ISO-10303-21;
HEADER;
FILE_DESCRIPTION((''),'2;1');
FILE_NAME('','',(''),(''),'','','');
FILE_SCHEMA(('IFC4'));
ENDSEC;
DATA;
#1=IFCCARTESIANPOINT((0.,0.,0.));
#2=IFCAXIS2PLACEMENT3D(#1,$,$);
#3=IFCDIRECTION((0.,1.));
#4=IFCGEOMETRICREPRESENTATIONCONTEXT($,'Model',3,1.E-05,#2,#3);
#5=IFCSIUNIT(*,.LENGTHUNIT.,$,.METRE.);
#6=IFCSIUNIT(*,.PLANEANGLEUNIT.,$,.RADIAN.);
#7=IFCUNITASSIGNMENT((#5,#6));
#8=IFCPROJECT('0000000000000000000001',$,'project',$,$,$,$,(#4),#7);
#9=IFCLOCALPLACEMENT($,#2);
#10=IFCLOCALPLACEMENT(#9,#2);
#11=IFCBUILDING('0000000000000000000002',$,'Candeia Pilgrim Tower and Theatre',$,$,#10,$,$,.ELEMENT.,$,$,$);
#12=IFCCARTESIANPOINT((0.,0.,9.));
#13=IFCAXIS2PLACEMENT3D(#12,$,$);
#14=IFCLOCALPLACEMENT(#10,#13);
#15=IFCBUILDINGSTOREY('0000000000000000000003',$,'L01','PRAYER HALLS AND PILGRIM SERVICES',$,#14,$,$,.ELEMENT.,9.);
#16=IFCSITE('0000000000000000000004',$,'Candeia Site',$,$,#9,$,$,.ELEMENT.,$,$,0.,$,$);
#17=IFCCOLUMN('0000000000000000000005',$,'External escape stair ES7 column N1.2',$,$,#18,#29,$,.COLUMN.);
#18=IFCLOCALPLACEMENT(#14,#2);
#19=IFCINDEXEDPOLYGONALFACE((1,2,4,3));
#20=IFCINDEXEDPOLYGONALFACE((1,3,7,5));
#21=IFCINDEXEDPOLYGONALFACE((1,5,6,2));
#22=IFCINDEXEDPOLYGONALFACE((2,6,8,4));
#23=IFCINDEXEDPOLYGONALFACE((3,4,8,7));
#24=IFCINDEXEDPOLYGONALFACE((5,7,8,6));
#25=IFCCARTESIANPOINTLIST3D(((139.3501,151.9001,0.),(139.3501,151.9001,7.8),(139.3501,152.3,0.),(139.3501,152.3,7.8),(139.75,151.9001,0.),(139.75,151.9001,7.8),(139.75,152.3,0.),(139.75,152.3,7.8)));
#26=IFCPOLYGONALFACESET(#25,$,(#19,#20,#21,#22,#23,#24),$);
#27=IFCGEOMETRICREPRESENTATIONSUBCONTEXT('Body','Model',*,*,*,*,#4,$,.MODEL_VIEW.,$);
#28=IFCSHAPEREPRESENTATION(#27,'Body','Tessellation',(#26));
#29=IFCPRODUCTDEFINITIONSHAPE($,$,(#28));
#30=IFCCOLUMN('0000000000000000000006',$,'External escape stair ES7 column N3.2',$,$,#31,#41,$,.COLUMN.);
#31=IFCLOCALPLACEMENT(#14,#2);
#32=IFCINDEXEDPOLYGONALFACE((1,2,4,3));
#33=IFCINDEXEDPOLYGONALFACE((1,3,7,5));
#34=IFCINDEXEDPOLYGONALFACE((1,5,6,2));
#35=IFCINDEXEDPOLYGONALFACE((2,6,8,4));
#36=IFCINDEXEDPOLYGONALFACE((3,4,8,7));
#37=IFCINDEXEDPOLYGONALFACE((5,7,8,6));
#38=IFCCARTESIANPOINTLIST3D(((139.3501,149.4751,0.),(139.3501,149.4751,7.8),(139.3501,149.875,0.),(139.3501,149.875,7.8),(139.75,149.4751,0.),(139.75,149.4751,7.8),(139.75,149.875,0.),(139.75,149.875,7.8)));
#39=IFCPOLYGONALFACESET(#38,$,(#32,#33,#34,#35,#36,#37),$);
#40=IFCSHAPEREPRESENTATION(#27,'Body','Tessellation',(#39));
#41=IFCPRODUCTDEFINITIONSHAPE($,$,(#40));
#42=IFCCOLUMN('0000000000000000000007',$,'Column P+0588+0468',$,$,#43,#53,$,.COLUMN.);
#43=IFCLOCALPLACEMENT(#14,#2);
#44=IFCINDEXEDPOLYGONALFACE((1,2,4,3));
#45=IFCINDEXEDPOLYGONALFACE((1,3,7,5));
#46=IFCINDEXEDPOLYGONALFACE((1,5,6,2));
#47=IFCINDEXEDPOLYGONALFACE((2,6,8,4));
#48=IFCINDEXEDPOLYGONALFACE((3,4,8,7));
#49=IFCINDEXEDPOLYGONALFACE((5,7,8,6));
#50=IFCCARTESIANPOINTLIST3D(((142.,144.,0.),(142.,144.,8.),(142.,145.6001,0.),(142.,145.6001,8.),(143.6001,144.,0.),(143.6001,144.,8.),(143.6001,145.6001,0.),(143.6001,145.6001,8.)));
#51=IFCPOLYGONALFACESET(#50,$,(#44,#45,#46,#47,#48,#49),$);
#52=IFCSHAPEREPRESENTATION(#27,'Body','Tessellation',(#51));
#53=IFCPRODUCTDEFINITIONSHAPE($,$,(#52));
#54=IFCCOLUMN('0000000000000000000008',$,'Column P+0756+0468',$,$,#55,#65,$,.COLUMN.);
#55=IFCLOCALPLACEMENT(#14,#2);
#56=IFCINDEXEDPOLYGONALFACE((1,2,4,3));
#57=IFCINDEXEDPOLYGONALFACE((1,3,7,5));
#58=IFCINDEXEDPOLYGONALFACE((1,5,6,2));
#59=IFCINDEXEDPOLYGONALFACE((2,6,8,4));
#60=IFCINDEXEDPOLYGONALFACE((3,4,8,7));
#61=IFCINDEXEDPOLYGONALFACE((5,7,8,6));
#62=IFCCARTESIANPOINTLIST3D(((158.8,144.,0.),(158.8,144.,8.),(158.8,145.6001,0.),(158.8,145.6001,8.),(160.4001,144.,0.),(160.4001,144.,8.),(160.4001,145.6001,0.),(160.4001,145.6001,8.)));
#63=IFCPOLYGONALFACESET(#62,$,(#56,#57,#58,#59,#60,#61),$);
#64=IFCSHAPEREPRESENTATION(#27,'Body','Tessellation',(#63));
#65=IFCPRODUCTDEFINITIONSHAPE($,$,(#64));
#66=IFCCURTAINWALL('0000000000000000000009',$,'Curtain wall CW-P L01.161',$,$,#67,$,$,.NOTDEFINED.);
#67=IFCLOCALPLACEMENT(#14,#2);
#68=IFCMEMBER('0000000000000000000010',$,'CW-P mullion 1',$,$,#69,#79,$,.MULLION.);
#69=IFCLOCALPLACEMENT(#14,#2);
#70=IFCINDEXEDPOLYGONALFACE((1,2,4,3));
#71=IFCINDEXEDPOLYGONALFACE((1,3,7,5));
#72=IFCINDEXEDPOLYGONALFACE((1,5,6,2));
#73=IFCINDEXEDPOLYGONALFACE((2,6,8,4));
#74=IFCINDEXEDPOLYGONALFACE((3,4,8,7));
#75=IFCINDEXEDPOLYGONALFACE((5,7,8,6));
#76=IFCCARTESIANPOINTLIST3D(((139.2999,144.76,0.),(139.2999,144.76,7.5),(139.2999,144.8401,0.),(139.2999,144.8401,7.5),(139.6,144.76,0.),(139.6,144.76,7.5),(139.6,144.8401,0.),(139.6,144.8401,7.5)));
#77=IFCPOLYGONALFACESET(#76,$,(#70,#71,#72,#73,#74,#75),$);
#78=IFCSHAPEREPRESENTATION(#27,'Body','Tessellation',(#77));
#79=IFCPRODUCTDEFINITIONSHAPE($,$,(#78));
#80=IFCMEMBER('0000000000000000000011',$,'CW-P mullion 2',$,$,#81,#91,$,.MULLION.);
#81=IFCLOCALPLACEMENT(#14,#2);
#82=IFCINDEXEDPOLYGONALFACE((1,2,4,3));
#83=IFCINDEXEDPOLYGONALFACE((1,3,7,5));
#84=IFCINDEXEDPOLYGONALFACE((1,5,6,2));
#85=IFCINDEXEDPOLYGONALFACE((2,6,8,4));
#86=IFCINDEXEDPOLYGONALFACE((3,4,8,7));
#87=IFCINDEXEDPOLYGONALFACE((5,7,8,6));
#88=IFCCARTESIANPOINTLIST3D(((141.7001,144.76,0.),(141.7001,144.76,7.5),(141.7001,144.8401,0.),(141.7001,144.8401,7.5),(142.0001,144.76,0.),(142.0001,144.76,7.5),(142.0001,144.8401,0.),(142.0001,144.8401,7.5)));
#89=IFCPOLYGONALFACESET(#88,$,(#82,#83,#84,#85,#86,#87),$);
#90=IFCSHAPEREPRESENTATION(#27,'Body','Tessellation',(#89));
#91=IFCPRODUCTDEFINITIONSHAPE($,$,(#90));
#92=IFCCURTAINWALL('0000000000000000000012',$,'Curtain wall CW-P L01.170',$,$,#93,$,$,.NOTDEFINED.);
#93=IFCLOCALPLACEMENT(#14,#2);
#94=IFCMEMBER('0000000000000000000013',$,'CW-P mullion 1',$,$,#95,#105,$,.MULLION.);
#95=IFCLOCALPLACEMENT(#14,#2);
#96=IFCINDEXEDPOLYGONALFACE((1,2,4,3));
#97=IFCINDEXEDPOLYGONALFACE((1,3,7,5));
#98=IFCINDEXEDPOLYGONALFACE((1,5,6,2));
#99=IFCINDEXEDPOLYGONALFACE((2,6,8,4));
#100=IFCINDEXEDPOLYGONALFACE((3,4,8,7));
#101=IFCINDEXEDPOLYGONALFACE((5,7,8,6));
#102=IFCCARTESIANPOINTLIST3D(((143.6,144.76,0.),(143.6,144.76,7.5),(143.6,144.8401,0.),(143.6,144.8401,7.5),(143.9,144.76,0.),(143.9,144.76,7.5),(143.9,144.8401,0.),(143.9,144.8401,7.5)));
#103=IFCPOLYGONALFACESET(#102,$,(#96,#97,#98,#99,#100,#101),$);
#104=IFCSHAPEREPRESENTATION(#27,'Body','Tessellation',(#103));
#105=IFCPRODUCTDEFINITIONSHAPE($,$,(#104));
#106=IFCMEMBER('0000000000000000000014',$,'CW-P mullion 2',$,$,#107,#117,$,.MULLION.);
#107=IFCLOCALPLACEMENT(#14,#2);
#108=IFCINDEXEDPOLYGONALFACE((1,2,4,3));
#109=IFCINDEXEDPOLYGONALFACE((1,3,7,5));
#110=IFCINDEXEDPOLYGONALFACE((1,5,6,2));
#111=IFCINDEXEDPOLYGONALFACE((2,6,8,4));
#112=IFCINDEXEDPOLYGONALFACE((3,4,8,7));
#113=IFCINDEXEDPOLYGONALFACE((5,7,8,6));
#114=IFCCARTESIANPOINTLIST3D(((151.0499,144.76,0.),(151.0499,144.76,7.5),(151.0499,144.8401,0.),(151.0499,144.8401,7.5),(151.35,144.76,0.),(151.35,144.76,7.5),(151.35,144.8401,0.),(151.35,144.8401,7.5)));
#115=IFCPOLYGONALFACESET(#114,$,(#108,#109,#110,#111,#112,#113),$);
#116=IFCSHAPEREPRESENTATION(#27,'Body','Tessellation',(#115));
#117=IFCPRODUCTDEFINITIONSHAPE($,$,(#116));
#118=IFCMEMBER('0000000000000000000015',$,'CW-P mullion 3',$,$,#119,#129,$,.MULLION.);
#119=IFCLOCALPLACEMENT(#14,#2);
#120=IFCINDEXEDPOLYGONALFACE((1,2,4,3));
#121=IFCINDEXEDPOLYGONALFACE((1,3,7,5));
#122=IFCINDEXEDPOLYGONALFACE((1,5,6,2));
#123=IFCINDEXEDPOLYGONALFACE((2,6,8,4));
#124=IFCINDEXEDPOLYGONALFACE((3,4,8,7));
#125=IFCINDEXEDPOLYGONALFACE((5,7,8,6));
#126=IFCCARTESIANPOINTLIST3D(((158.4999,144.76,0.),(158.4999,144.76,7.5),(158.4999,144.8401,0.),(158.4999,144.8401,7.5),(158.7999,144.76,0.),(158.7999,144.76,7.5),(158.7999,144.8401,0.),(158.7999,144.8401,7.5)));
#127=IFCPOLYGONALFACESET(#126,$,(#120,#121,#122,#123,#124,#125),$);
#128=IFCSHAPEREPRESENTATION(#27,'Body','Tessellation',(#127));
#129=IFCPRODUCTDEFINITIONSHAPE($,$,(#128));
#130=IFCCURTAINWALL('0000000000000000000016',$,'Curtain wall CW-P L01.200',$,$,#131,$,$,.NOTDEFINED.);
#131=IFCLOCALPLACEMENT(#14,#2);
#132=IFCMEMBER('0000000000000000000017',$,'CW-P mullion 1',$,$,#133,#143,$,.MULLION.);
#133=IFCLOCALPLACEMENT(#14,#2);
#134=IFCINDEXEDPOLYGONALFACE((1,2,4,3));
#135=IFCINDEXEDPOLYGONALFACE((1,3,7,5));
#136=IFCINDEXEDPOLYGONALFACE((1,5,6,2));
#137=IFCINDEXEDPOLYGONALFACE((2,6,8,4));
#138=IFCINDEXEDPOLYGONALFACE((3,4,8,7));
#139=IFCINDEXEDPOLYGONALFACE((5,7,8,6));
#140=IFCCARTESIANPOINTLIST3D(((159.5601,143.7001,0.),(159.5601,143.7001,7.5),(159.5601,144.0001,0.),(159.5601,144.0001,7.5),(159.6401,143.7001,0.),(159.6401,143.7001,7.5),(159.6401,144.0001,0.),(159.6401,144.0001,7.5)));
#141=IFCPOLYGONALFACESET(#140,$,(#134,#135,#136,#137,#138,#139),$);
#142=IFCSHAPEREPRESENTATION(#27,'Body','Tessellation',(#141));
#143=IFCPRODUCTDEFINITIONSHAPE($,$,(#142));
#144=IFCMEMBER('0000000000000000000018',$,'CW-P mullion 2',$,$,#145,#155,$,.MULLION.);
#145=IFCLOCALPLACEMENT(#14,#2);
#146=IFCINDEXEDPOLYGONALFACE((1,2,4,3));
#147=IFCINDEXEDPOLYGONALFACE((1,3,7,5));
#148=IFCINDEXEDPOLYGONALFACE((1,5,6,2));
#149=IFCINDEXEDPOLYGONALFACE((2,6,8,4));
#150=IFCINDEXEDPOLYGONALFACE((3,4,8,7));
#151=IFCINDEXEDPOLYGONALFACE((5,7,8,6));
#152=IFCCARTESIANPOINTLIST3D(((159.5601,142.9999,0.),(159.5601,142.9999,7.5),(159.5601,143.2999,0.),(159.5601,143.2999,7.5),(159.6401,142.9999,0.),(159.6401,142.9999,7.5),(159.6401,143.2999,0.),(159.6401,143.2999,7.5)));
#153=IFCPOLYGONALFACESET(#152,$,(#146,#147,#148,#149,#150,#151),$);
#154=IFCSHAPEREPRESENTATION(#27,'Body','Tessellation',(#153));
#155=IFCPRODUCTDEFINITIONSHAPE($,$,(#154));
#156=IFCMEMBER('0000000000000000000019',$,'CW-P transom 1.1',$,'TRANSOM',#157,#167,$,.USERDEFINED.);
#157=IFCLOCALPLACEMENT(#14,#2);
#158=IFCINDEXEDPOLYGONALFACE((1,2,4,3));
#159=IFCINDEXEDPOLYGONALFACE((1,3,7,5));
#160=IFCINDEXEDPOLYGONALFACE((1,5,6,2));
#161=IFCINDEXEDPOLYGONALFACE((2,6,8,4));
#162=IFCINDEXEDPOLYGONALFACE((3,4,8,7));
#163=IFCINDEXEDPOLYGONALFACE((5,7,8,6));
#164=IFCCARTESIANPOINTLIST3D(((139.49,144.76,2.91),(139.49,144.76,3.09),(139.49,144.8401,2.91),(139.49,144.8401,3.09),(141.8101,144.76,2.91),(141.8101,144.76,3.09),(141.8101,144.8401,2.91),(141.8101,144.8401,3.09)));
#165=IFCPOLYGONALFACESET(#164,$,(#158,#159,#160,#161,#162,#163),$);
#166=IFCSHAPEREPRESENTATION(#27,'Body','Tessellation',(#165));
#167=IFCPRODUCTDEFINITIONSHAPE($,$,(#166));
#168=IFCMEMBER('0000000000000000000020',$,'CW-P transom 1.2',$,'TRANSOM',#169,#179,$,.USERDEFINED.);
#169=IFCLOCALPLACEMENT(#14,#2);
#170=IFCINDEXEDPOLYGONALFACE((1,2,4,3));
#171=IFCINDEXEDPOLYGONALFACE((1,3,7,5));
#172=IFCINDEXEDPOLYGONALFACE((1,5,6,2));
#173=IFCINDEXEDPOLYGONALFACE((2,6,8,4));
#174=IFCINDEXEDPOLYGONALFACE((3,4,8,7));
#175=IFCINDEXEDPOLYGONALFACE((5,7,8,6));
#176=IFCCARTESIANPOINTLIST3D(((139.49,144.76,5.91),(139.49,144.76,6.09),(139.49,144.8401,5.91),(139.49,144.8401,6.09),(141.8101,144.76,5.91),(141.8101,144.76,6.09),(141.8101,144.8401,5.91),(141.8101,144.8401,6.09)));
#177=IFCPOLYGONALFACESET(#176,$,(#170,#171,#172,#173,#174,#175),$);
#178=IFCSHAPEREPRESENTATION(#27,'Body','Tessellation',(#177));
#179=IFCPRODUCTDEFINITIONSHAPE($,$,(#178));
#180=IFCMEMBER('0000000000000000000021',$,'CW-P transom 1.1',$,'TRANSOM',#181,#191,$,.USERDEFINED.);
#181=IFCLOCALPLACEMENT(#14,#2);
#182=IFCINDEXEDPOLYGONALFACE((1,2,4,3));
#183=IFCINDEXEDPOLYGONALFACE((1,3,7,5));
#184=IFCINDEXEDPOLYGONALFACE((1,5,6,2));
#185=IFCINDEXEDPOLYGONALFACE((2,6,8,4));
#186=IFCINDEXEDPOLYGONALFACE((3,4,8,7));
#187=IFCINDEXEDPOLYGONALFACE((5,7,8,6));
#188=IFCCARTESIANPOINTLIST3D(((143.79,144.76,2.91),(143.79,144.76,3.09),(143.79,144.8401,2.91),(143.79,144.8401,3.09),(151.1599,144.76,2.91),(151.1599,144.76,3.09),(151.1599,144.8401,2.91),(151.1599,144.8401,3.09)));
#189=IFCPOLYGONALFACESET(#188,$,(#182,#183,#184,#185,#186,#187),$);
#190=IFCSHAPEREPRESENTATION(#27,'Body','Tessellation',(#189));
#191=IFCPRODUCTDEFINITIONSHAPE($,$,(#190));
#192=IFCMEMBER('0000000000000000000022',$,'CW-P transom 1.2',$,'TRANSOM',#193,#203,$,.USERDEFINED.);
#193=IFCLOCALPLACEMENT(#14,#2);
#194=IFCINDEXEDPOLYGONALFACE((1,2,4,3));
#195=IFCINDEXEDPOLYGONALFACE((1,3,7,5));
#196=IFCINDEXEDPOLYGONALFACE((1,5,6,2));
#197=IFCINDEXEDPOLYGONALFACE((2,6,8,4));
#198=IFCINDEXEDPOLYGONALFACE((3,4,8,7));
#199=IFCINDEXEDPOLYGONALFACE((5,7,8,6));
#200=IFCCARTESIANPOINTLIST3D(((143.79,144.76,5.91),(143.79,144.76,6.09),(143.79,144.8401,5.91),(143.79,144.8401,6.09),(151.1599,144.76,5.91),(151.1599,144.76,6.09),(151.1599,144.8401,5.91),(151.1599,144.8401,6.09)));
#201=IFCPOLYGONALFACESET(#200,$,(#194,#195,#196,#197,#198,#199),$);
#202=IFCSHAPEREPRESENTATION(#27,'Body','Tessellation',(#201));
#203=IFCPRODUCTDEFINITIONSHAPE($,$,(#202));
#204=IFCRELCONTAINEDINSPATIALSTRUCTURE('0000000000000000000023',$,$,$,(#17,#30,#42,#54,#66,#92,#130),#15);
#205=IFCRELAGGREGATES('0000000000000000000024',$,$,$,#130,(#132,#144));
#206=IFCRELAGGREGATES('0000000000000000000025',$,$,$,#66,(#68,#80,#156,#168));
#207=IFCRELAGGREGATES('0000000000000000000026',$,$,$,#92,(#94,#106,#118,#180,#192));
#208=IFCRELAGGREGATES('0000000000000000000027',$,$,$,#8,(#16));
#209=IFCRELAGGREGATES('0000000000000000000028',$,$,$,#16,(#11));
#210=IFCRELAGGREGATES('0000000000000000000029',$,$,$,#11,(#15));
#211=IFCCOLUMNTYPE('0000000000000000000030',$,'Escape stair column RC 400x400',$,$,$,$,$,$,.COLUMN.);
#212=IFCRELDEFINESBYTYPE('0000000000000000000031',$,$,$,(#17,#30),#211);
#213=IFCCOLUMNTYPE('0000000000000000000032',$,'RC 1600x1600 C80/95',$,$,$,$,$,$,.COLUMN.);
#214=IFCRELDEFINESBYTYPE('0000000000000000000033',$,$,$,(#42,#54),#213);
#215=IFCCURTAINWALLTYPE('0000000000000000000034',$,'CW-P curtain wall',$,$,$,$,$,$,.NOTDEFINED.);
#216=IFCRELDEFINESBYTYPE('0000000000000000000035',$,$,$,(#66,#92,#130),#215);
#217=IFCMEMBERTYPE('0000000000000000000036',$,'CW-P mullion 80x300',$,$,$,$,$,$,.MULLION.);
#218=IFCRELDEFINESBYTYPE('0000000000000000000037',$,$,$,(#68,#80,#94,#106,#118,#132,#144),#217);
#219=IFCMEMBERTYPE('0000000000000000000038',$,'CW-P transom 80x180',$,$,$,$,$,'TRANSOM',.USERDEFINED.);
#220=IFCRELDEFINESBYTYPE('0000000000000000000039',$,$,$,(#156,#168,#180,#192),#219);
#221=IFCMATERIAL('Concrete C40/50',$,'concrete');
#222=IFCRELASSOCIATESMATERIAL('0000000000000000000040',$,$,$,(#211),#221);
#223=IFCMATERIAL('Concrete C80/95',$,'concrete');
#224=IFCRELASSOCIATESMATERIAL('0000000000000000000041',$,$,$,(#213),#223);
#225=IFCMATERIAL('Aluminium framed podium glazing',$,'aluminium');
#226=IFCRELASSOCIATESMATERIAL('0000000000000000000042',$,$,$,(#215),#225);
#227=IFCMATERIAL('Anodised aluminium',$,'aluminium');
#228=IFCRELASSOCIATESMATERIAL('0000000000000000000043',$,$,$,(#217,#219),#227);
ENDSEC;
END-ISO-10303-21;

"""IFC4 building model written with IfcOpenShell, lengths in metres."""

from ifc_helpers import new_model, si_unit, direction, frame, origin, origin_2d, place, context, subcontext, project, spatial, rectangle, extrude, material, material_profile, profile_set, type_object, element, aggregate, save


model = new_model("IFC4")

# Units and contexts
model_context = context("Model", 3, precision=1e-05, world=origin(), true_north=direction((0.0, 1.0)))
body_context = subcontext(model_context, "Body", "Model", "MODEL_VIEW")
ifc_project = project(units=[si_unit("LENGTHUNIT", "METRE"), si_unit("PLANEANGLEUNIT", "RADIAN")], contexts=[model_context])

# Site, building, storey
site_placement = place(None, origin())
site = spatial("IfcSite", under=ifc_project, at=site_placement, Name="Candeia Site", CompositionType="ELEMENT", RefElevation=0.0)
building_placement = place(site_placement, origin())
building = spatial("IfcBuilding", under=site, at=building_placement, Name="Candeia Pilgrim Tower and Theatre", CompositionType="ELEMENT")
storey_placement = place(building_placement, frame((0.0, 0.0, 9.0)))
storey = spatial("IfcBuildingStorey", under=building, at=storey_placement, Name="L01", Description="PRAYER HALLS AND PILGRIM SERVICES", CompositionType="ELEMENT", Elevation=9.0)

# Columns
ifc_material_1 = material(Name="Concrete C40/50", Category="concrete")
ifc_material_profile_1 = material_profile(ifc_material_1, rectangle(XDim=0.3999, YDim=0.3999, at=origin_2d()))
ifc_profile_set_1 = profile_set([ifc_material_profile_1], Name="Concrete C40/50")
column_type_1 = type_object("IfcColumnType", Name="Escape stair column RC 400x400", PredefinedType="COLUMN", material=ifc_profile_set_1)
for number, where, z_axis, x_axis, name in (
    (1, (139.55, 152.1001, 0.0), (0.0, 0.0, 1.0), (1.0, 0.0, 0.0), "External escape stair ES7 column N1.2"),
    (2, (139.55, 149.675, 0.0), (0.0, 0.0, 1.0), (1.0, 0.0, 0.0), "External escape stair ES7 column N3.2"),
):
    element("IfcColumn", number, at=place(storey_placement, frame(where, z_axis=z_axis, x_axis=x_axis)), inside=storey, type_object=column_type_1, Name=name, PredefinedType="COLUMN", context=body_context, shape_type="SweptSolid", body=[
        extrude(rectangle(XDim=0.3999, YDim=0.3999, at=origin_2d()), origin(), (0.0, 0.0, 1.0), 7.8),
    ])
ifc_material_2 = material(Name="Concrete C80/95", Category="concrete")
ifc_material_profile_2 = material_profile(ifc_material_2, rectangle(XDim=1.6001, YDim=1.6001, at=origin_2d()))
ifc_profile_set_2 = profile_set([ifc_material_profile_2], Name="Concrete C80/95")
column_type_2 = type_object("IfcColumnType", Name="RC 1600x1600 C80/95", PredefinedType="COLUMN", material=ifc_profile_set_2)
for number, where, z_axis, x_axis, name in (
    (3, (142.8, 144.8, 0.0), (0.0, 0.0, 1.0), (1.0, 0.0, 0.0), "Column P+0588+0468"),
    (4, (159.6001, 144.8, 0.0), (0.0, 0.0, 1.0), (1.0, 0.0, 0.0), "Column P+0756+0468"),
):
    element("IfcColumn", number, at=place(storey_placement, frame(where, z_axis=z_axis, x_axis=x_axis)), inside=storey, type_object=column_type_2, Name=name, PredefinedType="COLUMN", context=body_context, shape_type="SweptSolid", body=[
        extrude(rectangle(XDim=1.6001, YDim=1.6001, at=origin_2d()), origin(), (0.0, 0.0, 1.0), 8.0),
    ])

# Curtain walls, members
ifc_material_3 = material(Name="Aluminium framed podium glazing", Category="aluminium")
curtain_wall_type = type_object("IfcCurtainWallType", Name="CW-P curtain wall", PredefinedType="NOTDEFINED", material=ifc_material_3)
curtain_wall_1_placement = place(storey_placement, origin())
curtain_wall_1 = element("IfcCurtainWall", 5, at=curtain_wall_1_placement, inside=storey, type_object=curtain_wall_type, Name="Curtain wall CW-P L01.161", PredefinedType="NOTDEFINED")
ifc_material_4 = material(Name="Anodised aluminium", Category="aluminium")
ifc_material_profile_3 = material_profile(ifc_material_4, rectangle(XDim=0.0801, YDim=0.3, at=origin_2d()))
ifc_profile_set_3 = profile_set([ifc_material_profile_3], Name="Anodised aluminium")
member_type_1 = type_object("IfcMemberType", Name="CW-P mullion 80x300", PredefinedType="MULLION", material=ifc_profile_set_3)
member_1_placement = place(storey_placement, frame((139.45, 144.8, 0.0), z_axis=(0.0, 0.0, 1.0), x_axis=(0.0, 1.0, 0.0)))
member_1 = element("IfcMember", 6, at=member_1_placement, type_object=member_type_1, Name="CW-P mullion 1", PredefinedType="MULLION", context=body_context, shape_type="SweptSolid", body=[
    extrude(rectangle(XDim=0.0801, YDim=0.3, at=origin_2d()), origin(), (0.0, 0.0, 1.0), 7.5),
])
member_2_placement = place(storey_placement, frame((141.8501, 144.8, 0.0), z_axis=(0.0, 0.0, 1.0), x_axis=(0.0, 1.0, 0.0)))
member_2 = element("IfcMember", 7, at=member_2_placement, type_object=member_type_1, Name="CW-P mullion 2", PredefinedType="MULLION", context=body_context, shape_type="SweptSolid", body=[
    extrude(rectangle(XDim=0.0801, YDim=0.3, at=origin_2d()), origin(), (0.0, 0.0, 1.0), 7.5),
])
curtain_wall_2_placement = place(storey_placement, origin())
curtain_wall_2 = element("IfcCurtainWall", 8, at=curtain_wall_2_placement, inside=storey, type_object=curtain_wall_type, Name="Curtain wall CW-P L01.170", PredefinedType="NOTDEFINED")
member_3_placement = place(storey_placement, frame((143.75, 144.8, 0.0), z_axis=(0.0, 0.0, 1.0), x_axis=(0.0, 1.0, 0.0)))
member_3 = element("IfcMember", 9, at=member_3_placement, type_object=member_type_1, Name="CW-P mullion 1", PredefinedType="MULLION", context=body_context, shape_type="SweptSolid", body=[
    extrude(rectangle(XDim=0.0801, YDim=0.3, at=origin_2d()), origin(), (0.0, 0.0, 1.0), 7.5),
])
member_4_placement = place(storey_placement, frame((151.2, 144.8, 0.0), z_axis=(0.0, 0.0, 1.0), x_axis=(0.0, 1.0, 0.0)))
member_4 = element("IfcMember", 10, at=member_4_placement, type_object=member_type_1, Name="CW-P mullion 2", PredefinedType="MULLION", context=body_context, shape_type="SweptSolid", body=[
    extrude(rectangle(XDim=0.0801, YDim=0.3, at=origin_2d()), origin(), (0.0, 0.0, 1.0), 7.5),
])
member_5_placement = place(storey_placement, frame((158.6499, 144.8, 0.0), z_axis=(0.0, 0.0, 1.0), x_axis=(0.0, 1.0, 0.0)))
member_5 = element("IfcMember", 11, at=member_5_placement, type_object=member_type_1, Name="CW-P mullion 3", PredefinedType="MULLION", context=body_context, shape_type="SweptSolid", body=[
    extrude(rectangle(XDim=0.0801, YDim=0.3, at=origin_2d()), origin(), (0.0, 0.0, 1.0), 7.5),
])
curtain_wall_3_placement = place(storey_placement, origin())
curtain_wall_3 = element("IfcCurtainWall", 12, at=curtain_wall_3_placement, inside=storey, type_object=curtain_wall_type, Name="Curtain wall CW-P L01.200", PredefinedType="NOTDEFINED")
member_6_placement = place(storey_placement, frame((159.6001, 143.8501, 0.0), z_axis=(0.0, 0.0, 1.0), x_axis=(1.0, 0.0, 0.0)))
member_6 = element("IfcMember", 13, at=member_6_placement, type_object=member_type_1, Name="CW-P mullion 1", PredefinedType="MULLION", context=body_context, shape_type="SweptSolid", body=[
    extrude(rectangle(XDim=0.0801, YDim=0.3, at=origin_2d()), origin(), (0.0, 0.0, 1.0), 7.5),
])
member_7_placement = place(storey_placement, frame((159.6001, 143.1499, 0.0), z_axis=(0.0, 0.0, 1.0), x_axis=(1.0, 0.0, 0.0)))
member_7 = element("IfcMember", 14, at=member_7_placement, type_object=member_type_1, Name="CW-P mullion 2", PredefinedType="MULLION", context=body_context, shape_type="SweptSolid", body=[
    extrude(rectangle(XDim=0.0801, YDim=0.3, at=origin_2d()), origin(), (0.0, 0.0, 1.0), 7.5),
])
aggregate(curtain_wall_3, [member_6, member_7])

# Members
ifc_material_profile_4 = material_profile(ifc_material_4, rectangle(XDim=0.0801, YDim=0.1799, at=origin_2d()))
ifc_profile_set_4 = profile_set([ifc_material_profile_4], Name="Anodised aluminium")
member_type_2 = type_object("IfcMemberType", Name="CW-P transom 80x180", ElementType="TRANSOM", PredefinedType="USERDEFINED", material=ifc_profile_set_4)
member_8_placement = place(storey_placement, frame((139.49, 144.8, 3.0), z_axis=(1.0, 0.0, 0.0), x_axis=(0.0, 1.0, 0.0)))
member_8 = element("IfcMember", 15, at=member_8_placement, type_object=member_type_2, Name="CW-P transom 1.1", ObjectType="TRANSOM", PredefinedType="USERDEFINED", context=body_context, shape_type="SweptSolid", body=[
    extrude(rectangle(XDim=0.0801, YDim=0.1799, at=origin_2d()), origin(), (0.0, 0.0, 1.0), 2.3201),
])
member_9_placement = place(storey_placement, frame((139.49, 144.8, 6.0), z_axis=(1.0, 0.0, 0.0), x_axis=(0.0, 1.0, 0.0)))
member_9 = element("IfcMember", 16, at=member_9_placement, type_object=member_type_2, Name="CW-P transom 1.2", ObjectType="TRANSOM", PredefinedType="USERDEFINED", context=body_context, shape_type="SweptSolid", body=[
    extrude(rectangle(XDim=0.0801, YDim=0.1799, at=origin_2d()), origin(), (0.0, 0.0, 1.0), 2.3201),
])
member_10_placement = place(storey_placement, frame((143.79, 144.8, 3.0), z_axis=(1.0, 0.0, 0.0), x_axis=(0.0, 1.0, 0.0)))
member_10 = element("IfcMember", 17, at=member_10_placement, type_object=member_type_2, Name="CW-P transom 1.1", ObjectType="TRANSOM", PredefinedType="USERDEFINED", context=body_context, shape_type="SweptSolid", body=[
    extrude(rectangle(XDim=0.0801, YDim=0.1799, at=origin_2d()), origin(), (0.0, 0.0, 1.0), 7.3699),
])
member_11_placement = place(storey_placement, frame((143.79, 144.8, 6.0), z_axis=(1.0, 0.0, 0.0), x_axis=(0.0, 1.0, 0.0)))
member_11 = element("IfcMember", 18, at=member_11_placement, type_object=member_type_2, Name="CW-P transom 1.2", ObjectType="TRANSOM", PredefinedType="USERDEFINED", context=body_context, shape_type="SweptSolid", body=[
    extrude(rectangle(XDim=0.0801, YDim=0.1799, at=origin_2d()), origin(), (0.0, 0.0, 1.0), 7.3699),
])

aggregate(curtain_wall_1, [member_1, member_2, member_8, member_9])
aggregate(curtain_wall_2, [member_3, member_4, member_5, member_10, member_11])

save(model, "model.ifc")
